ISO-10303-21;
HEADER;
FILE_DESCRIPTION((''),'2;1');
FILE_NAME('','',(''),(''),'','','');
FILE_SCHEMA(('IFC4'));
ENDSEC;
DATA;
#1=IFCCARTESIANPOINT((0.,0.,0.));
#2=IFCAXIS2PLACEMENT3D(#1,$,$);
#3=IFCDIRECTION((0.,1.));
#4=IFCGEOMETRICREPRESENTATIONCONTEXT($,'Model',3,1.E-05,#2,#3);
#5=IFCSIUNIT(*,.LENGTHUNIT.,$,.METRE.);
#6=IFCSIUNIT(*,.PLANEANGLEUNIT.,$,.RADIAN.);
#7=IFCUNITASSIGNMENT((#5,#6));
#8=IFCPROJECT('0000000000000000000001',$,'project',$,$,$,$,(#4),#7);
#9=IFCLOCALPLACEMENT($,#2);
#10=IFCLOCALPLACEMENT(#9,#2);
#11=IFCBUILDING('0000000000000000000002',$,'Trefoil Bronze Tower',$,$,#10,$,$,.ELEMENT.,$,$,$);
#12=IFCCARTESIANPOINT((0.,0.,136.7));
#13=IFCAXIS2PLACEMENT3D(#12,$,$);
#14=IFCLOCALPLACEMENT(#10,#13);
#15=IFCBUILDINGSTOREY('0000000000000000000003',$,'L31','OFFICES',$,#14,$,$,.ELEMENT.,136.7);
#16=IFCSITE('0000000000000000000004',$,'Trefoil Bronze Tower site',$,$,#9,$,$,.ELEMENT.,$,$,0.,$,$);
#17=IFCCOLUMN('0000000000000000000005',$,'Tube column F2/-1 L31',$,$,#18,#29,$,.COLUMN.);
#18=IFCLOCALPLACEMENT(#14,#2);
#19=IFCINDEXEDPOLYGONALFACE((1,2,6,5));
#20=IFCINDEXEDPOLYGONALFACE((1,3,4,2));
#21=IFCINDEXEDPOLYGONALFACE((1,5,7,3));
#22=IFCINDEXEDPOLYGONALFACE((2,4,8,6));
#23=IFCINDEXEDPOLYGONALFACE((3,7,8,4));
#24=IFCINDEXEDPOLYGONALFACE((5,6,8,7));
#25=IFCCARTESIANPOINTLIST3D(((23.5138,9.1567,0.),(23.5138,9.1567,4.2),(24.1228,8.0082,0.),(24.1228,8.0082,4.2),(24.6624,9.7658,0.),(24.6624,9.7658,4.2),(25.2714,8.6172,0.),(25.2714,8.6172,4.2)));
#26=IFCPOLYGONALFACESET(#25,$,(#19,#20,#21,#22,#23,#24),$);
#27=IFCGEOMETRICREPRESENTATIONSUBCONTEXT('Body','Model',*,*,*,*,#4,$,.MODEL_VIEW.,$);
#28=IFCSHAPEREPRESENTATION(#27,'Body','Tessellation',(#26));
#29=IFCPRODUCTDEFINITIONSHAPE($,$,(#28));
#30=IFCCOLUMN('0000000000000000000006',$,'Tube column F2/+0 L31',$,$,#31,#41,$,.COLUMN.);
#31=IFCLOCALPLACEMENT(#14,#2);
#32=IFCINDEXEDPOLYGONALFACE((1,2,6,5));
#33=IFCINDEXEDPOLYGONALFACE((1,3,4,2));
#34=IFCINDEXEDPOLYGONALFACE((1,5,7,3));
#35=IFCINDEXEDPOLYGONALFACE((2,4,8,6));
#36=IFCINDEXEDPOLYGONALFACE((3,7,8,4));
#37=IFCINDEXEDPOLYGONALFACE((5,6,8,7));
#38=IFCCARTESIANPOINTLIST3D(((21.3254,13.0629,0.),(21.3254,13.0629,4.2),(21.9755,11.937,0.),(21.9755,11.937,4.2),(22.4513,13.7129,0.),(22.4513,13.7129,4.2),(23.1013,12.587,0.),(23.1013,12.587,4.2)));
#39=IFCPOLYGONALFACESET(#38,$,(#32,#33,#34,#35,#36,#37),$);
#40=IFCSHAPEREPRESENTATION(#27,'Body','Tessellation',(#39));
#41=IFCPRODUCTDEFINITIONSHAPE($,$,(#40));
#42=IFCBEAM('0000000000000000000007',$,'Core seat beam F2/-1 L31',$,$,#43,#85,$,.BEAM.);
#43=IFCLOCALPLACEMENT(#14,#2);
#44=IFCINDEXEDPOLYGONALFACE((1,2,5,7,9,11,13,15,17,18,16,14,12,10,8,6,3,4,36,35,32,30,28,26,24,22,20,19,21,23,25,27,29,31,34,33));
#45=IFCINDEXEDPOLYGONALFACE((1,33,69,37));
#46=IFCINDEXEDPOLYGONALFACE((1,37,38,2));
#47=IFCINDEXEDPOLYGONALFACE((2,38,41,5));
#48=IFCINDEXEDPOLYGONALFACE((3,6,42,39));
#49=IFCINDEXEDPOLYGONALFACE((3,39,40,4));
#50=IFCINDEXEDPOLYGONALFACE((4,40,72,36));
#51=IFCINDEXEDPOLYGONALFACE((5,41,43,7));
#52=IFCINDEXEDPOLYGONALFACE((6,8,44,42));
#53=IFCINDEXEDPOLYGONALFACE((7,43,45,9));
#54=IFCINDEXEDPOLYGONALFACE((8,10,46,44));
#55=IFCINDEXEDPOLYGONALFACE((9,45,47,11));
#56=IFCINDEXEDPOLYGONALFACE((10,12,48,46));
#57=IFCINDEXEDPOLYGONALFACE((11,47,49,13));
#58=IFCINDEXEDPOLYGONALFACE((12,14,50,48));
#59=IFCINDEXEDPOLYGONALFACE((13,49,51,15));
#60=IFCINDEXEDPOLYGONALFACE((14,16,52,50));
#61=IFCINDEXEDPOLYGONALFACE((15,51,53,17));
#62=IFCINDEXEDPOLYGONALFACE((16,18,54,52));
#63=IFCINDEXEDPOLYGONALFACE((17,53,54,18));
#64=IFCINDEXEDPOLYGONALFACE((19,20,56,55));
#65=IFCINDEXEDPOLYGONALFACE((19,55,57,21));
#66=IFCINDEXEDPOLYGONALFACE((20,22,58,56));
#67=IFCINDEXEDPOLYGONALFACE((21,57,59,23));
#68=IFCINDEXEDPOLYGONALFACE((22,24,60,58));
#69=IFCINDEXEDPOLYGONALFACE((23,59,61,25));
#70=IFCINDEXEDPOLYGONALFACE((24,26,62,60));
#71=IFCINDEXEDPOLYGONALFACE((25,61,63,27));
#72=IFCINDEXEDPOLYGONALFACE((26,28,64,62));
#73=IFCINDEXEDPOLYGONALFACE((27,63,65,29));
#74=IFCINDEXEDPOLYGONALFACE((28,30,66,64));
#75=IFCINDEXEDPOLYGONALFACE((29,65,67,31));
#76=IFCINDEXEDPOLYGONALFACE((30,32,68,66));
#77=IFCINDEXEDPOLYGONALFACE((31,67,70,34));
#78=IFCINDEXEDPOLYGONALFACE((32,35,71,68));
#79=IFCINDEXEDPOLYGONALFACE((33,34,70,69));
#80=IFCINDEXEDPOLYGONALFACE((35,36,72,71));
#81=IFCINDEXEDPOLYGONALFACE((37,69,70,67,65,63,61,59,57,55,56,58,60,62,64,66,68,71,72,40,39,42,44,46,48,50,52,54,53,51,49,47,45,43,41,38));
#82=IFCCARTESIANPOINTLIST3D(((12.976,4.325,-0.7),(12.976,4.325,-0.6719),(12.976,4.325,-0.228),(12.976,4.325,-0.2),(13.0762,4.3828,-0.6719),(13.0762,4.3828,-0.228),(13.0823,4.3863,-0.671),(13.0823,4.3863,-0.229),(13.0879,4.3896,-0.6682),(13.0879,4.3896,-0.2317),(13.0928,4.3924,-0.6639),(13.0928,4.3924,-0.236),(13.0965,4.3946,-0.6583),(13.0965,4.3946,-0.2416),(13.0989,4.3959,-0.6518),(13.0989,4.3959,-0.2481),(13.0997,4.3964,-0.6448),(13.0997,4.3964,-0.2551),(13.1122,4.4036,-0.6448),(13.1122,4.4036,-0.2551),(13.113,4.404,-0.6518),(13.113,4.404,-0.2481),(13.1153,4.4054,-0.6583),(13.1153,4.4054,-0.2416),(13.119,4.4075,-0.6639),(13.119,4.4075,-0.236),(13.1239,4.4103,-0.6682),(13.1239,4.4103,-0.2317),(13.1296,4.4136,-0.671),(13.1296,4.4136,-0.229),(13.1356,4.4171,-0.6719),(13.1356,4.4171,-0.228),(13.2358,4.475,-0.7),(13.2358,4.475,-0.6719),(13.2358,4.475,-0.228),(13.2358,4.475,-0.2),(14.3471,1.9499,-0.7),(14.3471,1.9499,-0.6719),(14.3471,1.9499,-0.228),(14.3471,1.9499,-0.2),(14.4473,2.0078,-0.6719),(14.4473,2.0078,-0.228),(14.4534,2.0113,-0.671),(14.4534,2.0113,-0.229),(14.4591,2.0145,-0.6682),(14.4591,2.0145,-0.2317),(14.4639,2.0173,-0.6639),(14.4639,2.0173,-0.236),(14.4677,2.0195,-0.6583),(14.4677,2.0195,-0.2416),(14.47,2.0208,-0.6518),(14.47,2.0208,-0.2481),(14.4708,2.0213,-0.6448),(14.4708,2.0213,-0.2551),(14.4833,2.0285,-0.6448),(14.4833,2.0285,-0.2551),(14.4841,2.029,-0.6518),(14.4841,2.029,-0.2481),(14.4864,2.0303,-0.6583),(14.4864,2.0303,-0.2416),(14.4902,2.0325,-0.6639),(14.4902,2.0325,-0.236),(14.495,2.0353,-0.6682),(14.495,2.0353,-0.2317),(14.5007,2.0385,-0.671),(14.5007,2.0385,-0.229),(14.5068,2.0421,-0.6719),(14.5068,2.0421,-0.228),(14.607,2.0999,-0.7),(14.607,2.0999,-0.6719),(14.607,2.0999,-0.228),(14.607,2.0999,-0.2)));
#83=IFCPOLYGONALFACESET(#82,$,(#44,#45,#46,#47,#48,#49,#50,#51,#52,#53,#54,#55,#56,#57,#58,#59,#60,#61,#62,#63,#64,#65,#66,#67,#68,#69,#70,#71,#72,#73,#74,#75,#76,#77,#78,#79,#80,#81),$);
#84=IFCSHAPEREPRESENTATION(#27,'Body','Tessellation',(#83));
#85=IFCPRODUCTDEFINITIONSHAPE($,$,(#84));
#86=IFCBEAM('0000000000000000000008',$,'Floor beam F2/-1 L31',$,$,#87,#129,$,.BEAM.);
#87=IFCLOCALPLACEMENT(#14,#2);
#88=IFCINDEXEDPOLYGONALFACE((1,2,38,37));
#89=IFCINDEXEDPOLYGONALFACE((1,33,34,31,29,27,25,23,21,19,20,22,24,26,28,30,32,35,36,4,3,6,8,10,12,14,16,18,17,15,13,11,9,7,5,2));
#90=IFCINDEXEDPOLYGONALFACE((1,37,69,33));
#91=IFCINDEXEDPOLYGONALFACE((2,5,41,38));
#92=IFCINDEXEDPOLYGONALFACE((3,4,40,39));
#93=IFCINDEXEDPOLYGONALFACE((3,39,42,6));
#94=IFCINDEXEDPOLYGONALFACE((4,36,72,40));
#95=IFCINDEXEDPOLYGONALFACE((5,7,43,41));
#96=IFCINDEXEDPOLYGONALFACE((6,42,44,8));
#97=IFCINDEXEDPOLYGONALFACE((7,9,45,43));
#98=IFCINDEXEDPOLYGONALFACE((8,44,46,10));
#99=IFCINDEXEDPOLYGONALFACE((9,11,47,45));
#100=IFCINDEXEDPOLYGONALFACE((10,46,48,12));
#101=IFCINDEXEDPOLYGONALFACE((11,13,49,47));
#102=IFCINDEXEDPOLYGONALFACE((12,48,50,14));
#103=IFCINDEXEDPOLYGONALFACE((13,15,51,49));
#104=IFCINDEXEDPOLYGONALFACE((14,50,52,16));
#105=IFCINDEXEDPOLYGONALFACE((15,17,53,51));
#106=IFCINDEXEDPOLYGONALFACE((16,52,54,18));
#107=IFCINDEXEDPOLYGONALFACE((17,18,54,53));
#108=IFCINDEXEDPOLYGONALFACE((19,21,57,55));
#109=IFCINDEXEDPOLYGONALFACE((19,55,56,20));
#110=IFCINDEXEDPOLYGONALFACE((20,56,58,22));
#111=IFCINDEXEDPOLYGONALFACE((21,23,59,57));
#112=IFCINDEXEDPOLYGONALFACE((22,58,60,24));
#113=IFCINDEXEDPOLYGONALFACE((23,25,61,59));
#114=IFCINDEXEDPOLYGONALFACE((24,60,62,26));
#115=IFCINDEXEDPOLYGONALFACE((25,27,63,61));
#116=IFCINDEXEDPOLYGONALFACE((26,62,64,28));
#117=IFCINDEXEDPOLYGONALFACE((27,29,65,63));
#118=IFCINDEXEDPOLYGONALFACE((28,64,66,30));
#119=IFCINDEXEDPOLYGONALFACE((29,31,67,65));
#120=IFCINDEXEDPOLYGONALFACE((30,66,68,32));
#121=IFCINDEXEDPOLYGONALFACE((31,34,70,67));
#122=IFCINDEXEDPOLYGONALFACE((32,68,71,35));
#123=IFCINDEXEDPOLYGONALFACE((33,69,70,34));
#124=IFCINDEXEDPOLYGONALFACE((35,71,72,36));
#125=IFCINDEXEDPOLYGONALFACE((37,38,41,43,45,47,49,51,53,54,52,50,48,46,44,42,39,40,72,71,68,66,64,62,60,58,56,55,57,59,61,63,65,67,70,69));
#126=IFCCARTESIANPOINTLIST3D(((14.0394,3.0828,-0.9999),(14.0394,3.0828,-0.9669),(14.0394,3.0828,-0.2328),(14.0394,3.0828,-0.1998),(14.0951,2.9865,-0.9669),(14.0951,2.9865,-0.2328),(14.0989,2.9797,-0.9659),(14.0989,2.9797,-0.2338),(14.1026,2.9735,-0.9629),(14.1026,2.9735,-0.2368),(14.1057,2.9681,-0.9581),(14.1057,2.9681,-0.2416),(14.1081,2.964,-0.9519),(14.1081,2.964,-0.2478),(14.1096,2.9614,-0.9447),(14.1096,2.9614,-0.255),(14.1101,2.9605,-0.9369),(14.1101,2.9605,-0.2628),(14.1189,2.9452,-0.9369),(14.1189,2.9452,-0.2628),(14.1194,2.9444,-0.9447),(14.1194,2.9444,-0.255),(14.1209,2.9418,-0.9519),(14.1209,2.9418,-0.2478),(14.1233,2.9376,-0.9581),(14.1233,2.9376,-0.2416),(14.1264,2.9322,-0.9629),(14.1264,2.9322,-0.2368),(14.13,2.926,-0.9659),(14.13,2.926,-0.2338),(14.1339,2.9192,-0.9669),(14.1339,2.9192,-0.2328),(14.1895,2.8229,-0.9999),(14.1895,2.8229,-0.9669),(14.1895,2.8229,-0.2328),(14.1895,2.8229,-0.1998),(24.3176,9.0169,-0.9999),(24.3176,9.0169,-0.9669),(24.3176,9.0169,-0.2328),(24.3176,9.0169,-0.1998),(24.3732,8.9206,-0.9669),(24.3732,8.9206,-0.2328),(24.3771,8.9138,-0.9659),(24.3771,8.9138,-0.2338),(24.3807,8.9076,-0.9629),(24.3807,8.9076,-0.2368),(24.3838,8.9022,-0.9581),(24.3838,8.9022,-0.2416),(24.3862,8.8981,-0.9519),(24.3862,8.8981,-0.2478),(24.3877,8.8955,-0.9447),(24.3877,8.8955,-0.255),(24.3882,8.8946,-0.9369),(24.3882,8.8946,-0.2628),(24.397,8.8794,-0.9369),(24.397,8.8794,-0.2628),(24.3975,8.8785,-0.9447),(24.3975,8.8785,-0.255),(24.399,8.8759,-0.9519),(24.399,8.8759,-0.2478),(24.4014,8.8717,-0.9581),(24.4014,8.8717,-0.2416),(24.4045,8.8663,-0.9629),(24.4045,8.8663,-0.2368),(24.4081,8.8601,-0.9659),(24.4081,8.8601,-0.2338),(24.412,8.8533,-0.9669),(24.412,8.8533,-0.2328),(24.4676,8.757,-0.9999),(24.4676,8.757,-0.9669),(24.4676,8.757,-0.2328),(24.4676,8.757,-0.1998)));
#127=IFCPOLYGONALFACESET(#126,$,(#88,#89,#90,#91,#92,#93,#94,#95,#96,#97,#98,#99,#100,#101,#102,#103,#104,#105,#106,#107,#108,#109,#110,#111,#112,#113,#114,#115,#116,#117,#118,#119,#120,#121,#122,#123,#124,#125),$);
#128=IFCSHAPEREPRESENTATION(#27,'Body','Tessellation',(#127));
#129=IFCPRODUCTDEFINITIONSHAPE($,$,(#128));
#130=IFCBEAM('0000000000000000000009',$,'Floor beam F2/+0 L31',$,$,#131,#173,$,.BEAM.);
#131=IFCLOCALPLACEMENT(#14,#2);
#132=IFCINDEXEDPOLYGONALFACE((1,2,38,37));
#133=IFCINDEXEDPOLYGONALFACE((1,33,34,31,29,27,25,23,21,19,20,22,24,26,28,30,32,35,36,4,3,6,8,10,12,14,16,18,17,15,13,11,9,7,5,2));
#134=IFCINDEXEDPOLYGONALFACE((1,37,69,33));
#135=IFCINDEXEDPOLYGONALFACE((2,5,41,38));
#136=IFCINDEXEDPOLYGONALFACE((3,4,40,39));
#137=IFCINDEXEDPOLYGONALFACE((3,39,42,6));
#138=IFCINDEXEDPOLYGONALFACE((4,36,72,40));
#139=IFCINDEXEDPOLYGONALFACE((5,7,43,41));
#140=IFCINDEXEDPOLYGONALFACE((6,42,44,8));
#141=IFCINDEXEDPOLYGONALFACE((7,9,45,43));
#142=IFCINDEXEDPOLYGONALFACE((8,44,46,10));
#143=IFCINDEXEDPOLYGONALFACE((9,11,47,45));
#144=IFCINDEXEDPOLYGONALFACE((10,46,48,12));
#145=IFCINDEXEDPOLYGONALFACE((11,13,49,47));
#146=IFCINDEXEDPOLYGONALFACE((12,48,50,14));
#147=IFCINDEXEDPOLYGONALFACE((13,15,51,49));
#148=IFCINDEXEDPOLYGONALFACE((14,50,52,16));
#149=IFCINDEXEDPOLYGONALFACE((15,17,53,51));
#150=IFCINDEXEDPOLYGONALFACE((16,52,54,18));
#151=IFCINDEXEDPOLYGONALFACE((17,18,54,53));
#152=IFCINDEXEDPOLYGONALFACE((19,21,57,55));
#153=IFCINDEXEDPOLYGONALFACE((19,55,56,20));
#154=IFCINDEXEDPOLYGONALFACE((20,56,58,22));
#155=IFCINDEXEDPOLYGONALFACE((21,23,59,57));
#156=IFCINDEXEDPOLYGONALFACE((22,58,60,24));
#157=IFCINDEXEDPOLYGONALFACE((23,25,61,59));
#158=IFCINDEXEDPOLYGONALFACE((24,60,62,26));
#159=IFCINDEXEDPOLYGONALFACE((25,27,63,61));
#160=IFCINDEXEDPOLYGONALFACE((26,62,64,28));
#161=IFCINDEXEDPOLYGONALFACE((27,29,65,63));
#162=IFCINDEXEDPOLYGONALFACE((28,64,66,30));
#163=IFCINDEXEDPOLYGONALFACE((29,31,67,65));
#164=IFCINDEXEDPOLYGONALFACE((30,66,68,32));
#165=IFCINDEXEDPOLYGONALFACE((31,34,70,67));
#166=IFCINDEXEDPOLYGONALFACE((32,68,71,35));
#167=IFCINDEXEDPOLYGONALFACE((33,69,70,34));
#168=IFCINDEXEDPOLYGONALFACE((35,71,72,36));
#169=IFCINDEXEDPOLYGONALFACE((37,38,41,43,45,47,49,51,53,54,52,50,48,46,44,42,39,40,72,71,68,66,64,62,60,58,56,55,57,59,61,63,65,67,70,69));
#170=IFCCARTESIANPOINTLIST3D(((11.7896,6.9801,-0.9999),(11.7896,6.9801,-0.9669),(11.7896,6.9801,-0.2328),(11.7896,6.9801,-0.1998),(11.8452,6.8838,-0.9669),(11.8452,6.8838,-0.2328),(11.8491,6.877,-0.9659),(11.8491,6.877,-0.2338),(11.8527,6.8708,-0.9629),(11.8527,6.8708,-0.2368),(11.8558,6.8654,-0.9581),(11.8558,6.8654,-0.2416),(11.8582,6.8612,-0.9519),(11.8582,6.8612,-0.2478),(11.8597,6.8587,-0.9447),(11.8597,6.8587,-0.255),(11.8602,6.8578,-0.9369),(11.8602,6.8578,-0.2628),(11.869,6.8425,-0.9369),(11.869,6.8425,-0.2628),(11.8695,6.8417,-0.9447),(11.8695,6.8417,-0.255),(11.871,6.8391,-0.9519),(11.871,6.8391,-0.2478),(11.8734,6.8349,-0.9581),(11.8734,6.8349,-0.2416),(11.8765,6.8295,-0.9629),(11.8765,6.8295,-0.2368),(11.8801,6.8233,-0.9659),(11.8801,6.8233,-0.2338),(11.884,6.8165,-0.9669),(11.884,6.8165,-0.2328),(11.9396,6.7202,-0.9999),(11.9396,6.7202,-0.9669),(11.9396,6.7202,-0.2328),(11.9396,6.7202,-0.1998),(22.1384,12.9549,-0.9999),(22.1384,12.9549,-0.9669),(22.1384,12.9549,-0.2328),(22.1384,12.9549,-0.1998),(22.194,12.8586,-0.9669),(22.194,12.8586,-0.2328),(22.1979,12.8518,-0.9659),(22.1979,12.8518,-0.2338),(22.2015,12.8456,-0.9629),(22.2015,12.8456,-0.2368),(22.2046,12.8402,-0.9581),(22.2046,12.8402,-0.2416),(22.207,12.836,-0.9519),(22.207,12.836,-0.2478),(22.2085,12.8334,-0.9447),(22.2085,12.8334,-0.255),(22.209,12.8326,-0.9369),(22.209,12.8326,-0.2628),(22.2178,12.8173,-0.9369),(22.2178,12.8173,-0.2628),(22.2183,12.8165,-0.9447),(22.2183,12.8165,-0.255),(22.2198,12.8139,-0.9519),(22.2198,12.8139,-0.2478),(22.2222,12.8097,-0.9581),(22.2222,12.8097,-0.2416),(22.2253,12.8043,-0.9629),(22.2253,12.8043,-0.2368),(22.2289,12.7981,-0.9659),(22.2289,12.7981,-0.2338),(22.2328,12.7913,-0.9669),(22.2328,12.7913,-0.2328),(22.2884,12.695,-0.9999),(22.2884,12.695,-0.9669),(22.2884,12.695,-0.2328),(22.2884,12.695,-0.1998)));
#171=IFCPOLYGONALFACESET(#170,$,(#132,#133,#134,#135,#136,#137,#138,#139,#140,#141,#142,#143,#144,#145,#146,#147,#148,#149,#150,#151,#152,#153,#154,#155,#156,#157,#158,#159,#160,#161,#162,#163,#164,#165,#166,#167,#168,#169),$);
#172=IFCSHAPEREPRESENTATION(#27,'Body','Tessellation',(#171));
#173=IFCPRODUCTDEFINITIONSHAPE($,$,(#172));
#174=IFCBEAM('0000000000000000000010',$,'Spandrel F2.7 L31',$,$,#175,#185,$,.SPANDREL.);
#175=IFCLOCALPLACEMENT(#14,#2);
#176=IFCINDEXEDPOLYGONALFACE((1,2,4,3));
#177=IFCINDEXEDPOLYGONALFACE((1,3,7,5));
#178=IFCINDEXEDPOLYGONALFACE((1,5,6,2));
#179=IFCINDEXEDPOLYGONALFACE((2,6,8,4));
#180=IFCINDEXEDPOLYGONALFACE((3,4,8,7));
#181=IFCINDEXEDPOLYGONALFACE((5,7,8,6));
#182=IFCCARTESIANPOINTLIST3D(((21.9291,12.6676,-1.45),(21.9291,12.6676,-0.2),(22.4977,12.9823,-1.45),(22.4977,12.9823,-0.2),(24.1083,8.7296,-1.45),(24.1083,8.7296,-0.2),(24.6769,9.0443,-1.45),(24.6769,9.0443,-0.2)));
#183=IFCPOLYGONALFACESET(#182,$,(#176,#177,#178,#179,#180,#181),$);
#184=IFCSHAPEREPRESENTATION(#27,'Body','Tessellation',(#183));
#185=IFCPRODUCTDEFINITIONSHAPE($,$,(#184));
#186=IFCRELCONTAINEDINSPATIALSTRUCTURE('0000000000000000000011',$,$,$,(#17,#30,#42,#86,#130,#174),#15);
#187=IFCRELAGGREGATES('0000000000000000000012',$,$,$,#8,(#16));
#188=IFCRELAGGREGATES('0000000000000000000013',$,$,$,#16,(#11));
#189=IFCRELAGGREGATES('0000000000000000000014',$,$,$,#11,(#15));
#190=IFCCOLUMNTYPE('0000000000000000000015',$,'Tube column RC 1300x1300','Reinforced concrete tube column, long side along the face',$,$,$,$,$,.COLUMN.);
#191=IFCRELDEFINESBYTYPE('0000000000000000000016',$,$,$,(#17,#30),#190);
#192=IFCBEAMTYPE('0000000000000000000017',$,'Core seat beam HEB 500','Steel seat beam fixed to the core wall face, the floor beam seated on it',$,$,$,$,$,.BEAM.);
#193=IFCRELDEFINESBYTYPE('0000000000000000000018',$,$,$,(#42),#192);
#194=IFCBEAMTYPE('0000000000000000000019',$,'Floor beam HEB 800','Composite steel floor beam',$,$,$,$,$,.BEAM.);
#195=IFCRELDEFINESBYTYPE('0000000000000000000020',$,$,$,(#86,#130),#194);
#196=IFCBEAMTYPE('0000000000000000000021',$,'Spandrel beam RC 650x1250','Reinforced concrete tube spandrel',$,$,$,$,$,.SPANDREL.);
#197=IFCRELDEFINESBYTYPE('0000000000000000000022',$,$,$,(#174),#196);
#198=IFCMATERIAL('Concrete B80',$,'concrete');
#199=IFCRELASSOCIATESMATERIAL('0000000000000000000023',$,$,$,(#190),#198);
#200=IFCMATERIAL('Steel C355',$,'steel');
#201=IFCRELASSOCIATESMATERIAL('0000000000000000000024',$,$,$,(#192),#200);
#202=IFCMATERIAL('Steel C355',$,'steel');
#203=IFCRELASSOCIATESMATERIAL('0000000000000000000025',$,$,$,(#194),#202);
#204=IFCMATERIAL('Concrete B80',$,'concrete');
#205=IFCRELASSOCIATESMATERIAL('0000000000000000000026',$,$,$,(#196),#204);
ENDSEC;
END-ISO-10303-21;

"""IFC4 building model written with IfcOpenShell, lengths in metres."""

from ifc_helpers import new_model, si_unit, direction, frame, origin, origin_2d, place, context, subcontext, project, spatial, rectangle, i_section, extrude, material, material_profile, profile_set, type_object, element, save


model = new_model("IFC4")

# Units and contexts
model_context = context("Model", 3, precision=1e-05, world=origin(), true_north=direction((0.0, 1.0)))
body_context = subcontext(model_context, "Body", "Model", "MODEL_VIEW")
ifc_project = project(units=[si_unit("LENGTHUNIT", "METRE"), si_unit("PLANEANGLEUNIT", "RADIAN")], contexts=[model_context])

# Site, building, storey
site_placement = place(None, origin())
site = spatial("IfcSite", under=ifc_project, at=site_placement, Name="Trefoil Bronze Tower site", CompositionType="ELEMENT", RefElevation=0.0)
building_placement = place(site_placement, origin())
building = spatial("IfcBuilding", under=site, at=building_placement, Name="Trefoil Bronze Tower", CompositionType="ELEMENT")
storey_placement = place(building_placement, frame((0.0, 0.0, 136.7)))
storey = spatial("IfcBuildingStorey", under=building, at=storey_placement, Name="L31", Description="OFFICES", CompositionType="ELEMENT", Elevation=136.7)

# Columns
ifc_material_1 = material(Name="Concrete B80", Category="concrete")
ifc_material_profile_1 = material_profile(ifc_material_1, rectangle(XDim=1.3, YDim=1.3, at=origin_2d()), Name="RC 1300x1300")
ifc_profile_set_1 = profile_set([ifc_material_profile_1], Name="Concrete B80")
column_type = type_object("IfcColumnType", Name="Tube column RC 1300x1300", Description="Reinforced concrete tube column, long side along the face", PredefinedType="COLUMN", material=ifc_profile_set_1)
for number, where, z_axis, x_axis, name in (
    (1, (24.3926, 8.887, 0.0), (0.0, 0.0, 1.0), (-0.468457, 0.883486, 0.0), "Tube column F2/-1 L31"),
    (2, (22.2134, 12.825, 0.0), (0.0, 0.0, 1.0), (-0.5, 0.866025, 0.0), "Tube column F2/+0 L31"),
):
    element("IfcColumn", number, at=place(storey_placement, frame(where, z_axis=z_axis, x_axis=x_axis)), inside=storey, type_object=column_type, Name=name, PredefinedType="COLUMN", context=body_context, shape_type="SweptSolid", body=[
        extrude(rectangle(XDim=1.3, YDim=1.3, at=origin_2d()), origin(), (0.0, 0.0, 1.0), 4.2),
    ])

# Beams
ifc_material_2 = material(Name="Steel C355", Category="steel")
ifc_material_profile_2 = material_profile(ifc_material_2, i_section(OverallWidth=0.3, OverallDepth=0.5, WebThickness=0.0144, FlangeThickness=0.0281, FilletRadius=0.0271, at=origin_2d()), Name="HEB 500")
ifc_profile_set_2 = profile_set([ifc_material_profile_2], Name="Steel C355")
beam_type_1 = type_object("IfcBeamType", Name="Core seat beam HEB 500", Description="Steel seat beam fixed to the core wall face, the floor beam seated on it", PredefinedType="BEAM", material=ifc_profile_set_2)
beam_1_placement = place(storey_placement, frame((14.4771, 2.0249, -0.45), z_axis=(-0.499969, 0.866043, 0.0), x_axis=(-0.866043, -0.499969, 0.0)))
element("IfcBeam", 3, at=beam_1_placement, inside=storey, type_object=beam_type_1, Name="Core seat beam F2/-1 L31", PredefinedType="BEAM", context=body_context, shape_type="SweptSolid", body=[
    extrude(i_section(OverallWidth=0.3, OverallDepth=0.5, WebThickness=0.0144, FlangeThickness=0.0281, FilletRadius=0.0271, at=origin_2d()), origin(), (0.0, 0.0, 1.0), 2.7424),
])
ifc_material_3 = material(Name="Steel C355", Category="steel")
ifc_material_profile_3 = material_profile(ifc_material_3, i_section(OverallWidth=0.3, OverallDepth=0.8, WebThickness=0.0176, FlangeThickness=0.033, FilletRadius=0.03, at=origin_2d()), Name="HEB 800")
ifc_profile_set_3 = profile_set([ifc_material_profile_3], Name="Steel C355")
beam_type_2 = type_object("IfcBeamType", Name="Floor beam HEB 800", Description="Composite steel floor beam", PredefinedType="BEAM", material=ifc_profile_set_3)
beam_2_placement = place(storey_placement, frame((24.3926, 8.887, -0.5999), z_axis=(-0.866024, -0.500002, 0.0), x_axis=(0.500002, -0.866024, 0.0)))
element("IfcBeam", 4, at=beam_2_placement, inside=storey, type_object=beam_type_2, Name="Floor beam F2/-1 L31", PredefinedType="BEAM", context=body_context, shape_type="SweptSolid", body=[
    extrude(i_section(OverallWidth=0.3, OverallDepth=0.8, WebThickness=0.0176, FlangeThickness=0.033, FilletRadius=0.03, at=origin_2d()), origin(), (0.0, 0.0, 1.0), 11.8682),
])
beam_3_placement = place(storey_placement, frame((22.2134, 12.825, -0.5999), z_axis=(-0.866028, -0.499995, 0.0), x_axis=(0.499995, -0.866028, 0.0)))
element("IfcBeam", 5, at=beam_3_placement, inside=storey, type_object=beam_type_2, Name="Floor beam F2/+0 L31", PredefinedType="BEAM", context=body_context, shape_type="SweptSolid", body=[
    extrude(i_section(OverallWidth=0.3, OverallDepth=0.8, WebThickness=0.0176, FlangeThickness=0.033, FilletRadius=0.03, at=origin_2d()), origin(), (0.0, 0.0, 1.0), 11.9497),
])
ifc_material_4 = material(Name="Concrete B80", Category="concrete")
ifc_material_profile_4 = material_profile(ifc_material_4, rectangle(XDim=0.6499, YDim=1.25, at=origin_2d()), Name="RC 650x1250")
ifc_profile_set_4 = profile_set([ifc_material_profile_4], Name="Concrete B80")
beam_type_3 = type_object("IfcBeamType", Name="Spandrel beam RC 650x1250", Description="Reinforced concrete tube spandrel", PredefinedType="SPANDREL", material=ifc_profile_set_4)
beam_4_placement = place(storey_placement, frame((24.3926, 8.887, -0.825), z_axis=(-0.484187, 0.874965, 0.0), x_axis=(-0.874965, -0.484187, 0.0)))
element("IfcBeam", 6, at=beam_4_placement, inside=storey, type_object=beam_type_3, Name="Spandrel F2.7 L31", PredefinedType="SPANDREL", context=body_context, shape_type="SweptSolid", body=[
    extrude(rectangle(XDim=0.6499, YDim=1.25, at=origin_2d()), origin(), (0.0, 0.0, 1.0), 4.5007),
])

save(model, "model.ifc")
